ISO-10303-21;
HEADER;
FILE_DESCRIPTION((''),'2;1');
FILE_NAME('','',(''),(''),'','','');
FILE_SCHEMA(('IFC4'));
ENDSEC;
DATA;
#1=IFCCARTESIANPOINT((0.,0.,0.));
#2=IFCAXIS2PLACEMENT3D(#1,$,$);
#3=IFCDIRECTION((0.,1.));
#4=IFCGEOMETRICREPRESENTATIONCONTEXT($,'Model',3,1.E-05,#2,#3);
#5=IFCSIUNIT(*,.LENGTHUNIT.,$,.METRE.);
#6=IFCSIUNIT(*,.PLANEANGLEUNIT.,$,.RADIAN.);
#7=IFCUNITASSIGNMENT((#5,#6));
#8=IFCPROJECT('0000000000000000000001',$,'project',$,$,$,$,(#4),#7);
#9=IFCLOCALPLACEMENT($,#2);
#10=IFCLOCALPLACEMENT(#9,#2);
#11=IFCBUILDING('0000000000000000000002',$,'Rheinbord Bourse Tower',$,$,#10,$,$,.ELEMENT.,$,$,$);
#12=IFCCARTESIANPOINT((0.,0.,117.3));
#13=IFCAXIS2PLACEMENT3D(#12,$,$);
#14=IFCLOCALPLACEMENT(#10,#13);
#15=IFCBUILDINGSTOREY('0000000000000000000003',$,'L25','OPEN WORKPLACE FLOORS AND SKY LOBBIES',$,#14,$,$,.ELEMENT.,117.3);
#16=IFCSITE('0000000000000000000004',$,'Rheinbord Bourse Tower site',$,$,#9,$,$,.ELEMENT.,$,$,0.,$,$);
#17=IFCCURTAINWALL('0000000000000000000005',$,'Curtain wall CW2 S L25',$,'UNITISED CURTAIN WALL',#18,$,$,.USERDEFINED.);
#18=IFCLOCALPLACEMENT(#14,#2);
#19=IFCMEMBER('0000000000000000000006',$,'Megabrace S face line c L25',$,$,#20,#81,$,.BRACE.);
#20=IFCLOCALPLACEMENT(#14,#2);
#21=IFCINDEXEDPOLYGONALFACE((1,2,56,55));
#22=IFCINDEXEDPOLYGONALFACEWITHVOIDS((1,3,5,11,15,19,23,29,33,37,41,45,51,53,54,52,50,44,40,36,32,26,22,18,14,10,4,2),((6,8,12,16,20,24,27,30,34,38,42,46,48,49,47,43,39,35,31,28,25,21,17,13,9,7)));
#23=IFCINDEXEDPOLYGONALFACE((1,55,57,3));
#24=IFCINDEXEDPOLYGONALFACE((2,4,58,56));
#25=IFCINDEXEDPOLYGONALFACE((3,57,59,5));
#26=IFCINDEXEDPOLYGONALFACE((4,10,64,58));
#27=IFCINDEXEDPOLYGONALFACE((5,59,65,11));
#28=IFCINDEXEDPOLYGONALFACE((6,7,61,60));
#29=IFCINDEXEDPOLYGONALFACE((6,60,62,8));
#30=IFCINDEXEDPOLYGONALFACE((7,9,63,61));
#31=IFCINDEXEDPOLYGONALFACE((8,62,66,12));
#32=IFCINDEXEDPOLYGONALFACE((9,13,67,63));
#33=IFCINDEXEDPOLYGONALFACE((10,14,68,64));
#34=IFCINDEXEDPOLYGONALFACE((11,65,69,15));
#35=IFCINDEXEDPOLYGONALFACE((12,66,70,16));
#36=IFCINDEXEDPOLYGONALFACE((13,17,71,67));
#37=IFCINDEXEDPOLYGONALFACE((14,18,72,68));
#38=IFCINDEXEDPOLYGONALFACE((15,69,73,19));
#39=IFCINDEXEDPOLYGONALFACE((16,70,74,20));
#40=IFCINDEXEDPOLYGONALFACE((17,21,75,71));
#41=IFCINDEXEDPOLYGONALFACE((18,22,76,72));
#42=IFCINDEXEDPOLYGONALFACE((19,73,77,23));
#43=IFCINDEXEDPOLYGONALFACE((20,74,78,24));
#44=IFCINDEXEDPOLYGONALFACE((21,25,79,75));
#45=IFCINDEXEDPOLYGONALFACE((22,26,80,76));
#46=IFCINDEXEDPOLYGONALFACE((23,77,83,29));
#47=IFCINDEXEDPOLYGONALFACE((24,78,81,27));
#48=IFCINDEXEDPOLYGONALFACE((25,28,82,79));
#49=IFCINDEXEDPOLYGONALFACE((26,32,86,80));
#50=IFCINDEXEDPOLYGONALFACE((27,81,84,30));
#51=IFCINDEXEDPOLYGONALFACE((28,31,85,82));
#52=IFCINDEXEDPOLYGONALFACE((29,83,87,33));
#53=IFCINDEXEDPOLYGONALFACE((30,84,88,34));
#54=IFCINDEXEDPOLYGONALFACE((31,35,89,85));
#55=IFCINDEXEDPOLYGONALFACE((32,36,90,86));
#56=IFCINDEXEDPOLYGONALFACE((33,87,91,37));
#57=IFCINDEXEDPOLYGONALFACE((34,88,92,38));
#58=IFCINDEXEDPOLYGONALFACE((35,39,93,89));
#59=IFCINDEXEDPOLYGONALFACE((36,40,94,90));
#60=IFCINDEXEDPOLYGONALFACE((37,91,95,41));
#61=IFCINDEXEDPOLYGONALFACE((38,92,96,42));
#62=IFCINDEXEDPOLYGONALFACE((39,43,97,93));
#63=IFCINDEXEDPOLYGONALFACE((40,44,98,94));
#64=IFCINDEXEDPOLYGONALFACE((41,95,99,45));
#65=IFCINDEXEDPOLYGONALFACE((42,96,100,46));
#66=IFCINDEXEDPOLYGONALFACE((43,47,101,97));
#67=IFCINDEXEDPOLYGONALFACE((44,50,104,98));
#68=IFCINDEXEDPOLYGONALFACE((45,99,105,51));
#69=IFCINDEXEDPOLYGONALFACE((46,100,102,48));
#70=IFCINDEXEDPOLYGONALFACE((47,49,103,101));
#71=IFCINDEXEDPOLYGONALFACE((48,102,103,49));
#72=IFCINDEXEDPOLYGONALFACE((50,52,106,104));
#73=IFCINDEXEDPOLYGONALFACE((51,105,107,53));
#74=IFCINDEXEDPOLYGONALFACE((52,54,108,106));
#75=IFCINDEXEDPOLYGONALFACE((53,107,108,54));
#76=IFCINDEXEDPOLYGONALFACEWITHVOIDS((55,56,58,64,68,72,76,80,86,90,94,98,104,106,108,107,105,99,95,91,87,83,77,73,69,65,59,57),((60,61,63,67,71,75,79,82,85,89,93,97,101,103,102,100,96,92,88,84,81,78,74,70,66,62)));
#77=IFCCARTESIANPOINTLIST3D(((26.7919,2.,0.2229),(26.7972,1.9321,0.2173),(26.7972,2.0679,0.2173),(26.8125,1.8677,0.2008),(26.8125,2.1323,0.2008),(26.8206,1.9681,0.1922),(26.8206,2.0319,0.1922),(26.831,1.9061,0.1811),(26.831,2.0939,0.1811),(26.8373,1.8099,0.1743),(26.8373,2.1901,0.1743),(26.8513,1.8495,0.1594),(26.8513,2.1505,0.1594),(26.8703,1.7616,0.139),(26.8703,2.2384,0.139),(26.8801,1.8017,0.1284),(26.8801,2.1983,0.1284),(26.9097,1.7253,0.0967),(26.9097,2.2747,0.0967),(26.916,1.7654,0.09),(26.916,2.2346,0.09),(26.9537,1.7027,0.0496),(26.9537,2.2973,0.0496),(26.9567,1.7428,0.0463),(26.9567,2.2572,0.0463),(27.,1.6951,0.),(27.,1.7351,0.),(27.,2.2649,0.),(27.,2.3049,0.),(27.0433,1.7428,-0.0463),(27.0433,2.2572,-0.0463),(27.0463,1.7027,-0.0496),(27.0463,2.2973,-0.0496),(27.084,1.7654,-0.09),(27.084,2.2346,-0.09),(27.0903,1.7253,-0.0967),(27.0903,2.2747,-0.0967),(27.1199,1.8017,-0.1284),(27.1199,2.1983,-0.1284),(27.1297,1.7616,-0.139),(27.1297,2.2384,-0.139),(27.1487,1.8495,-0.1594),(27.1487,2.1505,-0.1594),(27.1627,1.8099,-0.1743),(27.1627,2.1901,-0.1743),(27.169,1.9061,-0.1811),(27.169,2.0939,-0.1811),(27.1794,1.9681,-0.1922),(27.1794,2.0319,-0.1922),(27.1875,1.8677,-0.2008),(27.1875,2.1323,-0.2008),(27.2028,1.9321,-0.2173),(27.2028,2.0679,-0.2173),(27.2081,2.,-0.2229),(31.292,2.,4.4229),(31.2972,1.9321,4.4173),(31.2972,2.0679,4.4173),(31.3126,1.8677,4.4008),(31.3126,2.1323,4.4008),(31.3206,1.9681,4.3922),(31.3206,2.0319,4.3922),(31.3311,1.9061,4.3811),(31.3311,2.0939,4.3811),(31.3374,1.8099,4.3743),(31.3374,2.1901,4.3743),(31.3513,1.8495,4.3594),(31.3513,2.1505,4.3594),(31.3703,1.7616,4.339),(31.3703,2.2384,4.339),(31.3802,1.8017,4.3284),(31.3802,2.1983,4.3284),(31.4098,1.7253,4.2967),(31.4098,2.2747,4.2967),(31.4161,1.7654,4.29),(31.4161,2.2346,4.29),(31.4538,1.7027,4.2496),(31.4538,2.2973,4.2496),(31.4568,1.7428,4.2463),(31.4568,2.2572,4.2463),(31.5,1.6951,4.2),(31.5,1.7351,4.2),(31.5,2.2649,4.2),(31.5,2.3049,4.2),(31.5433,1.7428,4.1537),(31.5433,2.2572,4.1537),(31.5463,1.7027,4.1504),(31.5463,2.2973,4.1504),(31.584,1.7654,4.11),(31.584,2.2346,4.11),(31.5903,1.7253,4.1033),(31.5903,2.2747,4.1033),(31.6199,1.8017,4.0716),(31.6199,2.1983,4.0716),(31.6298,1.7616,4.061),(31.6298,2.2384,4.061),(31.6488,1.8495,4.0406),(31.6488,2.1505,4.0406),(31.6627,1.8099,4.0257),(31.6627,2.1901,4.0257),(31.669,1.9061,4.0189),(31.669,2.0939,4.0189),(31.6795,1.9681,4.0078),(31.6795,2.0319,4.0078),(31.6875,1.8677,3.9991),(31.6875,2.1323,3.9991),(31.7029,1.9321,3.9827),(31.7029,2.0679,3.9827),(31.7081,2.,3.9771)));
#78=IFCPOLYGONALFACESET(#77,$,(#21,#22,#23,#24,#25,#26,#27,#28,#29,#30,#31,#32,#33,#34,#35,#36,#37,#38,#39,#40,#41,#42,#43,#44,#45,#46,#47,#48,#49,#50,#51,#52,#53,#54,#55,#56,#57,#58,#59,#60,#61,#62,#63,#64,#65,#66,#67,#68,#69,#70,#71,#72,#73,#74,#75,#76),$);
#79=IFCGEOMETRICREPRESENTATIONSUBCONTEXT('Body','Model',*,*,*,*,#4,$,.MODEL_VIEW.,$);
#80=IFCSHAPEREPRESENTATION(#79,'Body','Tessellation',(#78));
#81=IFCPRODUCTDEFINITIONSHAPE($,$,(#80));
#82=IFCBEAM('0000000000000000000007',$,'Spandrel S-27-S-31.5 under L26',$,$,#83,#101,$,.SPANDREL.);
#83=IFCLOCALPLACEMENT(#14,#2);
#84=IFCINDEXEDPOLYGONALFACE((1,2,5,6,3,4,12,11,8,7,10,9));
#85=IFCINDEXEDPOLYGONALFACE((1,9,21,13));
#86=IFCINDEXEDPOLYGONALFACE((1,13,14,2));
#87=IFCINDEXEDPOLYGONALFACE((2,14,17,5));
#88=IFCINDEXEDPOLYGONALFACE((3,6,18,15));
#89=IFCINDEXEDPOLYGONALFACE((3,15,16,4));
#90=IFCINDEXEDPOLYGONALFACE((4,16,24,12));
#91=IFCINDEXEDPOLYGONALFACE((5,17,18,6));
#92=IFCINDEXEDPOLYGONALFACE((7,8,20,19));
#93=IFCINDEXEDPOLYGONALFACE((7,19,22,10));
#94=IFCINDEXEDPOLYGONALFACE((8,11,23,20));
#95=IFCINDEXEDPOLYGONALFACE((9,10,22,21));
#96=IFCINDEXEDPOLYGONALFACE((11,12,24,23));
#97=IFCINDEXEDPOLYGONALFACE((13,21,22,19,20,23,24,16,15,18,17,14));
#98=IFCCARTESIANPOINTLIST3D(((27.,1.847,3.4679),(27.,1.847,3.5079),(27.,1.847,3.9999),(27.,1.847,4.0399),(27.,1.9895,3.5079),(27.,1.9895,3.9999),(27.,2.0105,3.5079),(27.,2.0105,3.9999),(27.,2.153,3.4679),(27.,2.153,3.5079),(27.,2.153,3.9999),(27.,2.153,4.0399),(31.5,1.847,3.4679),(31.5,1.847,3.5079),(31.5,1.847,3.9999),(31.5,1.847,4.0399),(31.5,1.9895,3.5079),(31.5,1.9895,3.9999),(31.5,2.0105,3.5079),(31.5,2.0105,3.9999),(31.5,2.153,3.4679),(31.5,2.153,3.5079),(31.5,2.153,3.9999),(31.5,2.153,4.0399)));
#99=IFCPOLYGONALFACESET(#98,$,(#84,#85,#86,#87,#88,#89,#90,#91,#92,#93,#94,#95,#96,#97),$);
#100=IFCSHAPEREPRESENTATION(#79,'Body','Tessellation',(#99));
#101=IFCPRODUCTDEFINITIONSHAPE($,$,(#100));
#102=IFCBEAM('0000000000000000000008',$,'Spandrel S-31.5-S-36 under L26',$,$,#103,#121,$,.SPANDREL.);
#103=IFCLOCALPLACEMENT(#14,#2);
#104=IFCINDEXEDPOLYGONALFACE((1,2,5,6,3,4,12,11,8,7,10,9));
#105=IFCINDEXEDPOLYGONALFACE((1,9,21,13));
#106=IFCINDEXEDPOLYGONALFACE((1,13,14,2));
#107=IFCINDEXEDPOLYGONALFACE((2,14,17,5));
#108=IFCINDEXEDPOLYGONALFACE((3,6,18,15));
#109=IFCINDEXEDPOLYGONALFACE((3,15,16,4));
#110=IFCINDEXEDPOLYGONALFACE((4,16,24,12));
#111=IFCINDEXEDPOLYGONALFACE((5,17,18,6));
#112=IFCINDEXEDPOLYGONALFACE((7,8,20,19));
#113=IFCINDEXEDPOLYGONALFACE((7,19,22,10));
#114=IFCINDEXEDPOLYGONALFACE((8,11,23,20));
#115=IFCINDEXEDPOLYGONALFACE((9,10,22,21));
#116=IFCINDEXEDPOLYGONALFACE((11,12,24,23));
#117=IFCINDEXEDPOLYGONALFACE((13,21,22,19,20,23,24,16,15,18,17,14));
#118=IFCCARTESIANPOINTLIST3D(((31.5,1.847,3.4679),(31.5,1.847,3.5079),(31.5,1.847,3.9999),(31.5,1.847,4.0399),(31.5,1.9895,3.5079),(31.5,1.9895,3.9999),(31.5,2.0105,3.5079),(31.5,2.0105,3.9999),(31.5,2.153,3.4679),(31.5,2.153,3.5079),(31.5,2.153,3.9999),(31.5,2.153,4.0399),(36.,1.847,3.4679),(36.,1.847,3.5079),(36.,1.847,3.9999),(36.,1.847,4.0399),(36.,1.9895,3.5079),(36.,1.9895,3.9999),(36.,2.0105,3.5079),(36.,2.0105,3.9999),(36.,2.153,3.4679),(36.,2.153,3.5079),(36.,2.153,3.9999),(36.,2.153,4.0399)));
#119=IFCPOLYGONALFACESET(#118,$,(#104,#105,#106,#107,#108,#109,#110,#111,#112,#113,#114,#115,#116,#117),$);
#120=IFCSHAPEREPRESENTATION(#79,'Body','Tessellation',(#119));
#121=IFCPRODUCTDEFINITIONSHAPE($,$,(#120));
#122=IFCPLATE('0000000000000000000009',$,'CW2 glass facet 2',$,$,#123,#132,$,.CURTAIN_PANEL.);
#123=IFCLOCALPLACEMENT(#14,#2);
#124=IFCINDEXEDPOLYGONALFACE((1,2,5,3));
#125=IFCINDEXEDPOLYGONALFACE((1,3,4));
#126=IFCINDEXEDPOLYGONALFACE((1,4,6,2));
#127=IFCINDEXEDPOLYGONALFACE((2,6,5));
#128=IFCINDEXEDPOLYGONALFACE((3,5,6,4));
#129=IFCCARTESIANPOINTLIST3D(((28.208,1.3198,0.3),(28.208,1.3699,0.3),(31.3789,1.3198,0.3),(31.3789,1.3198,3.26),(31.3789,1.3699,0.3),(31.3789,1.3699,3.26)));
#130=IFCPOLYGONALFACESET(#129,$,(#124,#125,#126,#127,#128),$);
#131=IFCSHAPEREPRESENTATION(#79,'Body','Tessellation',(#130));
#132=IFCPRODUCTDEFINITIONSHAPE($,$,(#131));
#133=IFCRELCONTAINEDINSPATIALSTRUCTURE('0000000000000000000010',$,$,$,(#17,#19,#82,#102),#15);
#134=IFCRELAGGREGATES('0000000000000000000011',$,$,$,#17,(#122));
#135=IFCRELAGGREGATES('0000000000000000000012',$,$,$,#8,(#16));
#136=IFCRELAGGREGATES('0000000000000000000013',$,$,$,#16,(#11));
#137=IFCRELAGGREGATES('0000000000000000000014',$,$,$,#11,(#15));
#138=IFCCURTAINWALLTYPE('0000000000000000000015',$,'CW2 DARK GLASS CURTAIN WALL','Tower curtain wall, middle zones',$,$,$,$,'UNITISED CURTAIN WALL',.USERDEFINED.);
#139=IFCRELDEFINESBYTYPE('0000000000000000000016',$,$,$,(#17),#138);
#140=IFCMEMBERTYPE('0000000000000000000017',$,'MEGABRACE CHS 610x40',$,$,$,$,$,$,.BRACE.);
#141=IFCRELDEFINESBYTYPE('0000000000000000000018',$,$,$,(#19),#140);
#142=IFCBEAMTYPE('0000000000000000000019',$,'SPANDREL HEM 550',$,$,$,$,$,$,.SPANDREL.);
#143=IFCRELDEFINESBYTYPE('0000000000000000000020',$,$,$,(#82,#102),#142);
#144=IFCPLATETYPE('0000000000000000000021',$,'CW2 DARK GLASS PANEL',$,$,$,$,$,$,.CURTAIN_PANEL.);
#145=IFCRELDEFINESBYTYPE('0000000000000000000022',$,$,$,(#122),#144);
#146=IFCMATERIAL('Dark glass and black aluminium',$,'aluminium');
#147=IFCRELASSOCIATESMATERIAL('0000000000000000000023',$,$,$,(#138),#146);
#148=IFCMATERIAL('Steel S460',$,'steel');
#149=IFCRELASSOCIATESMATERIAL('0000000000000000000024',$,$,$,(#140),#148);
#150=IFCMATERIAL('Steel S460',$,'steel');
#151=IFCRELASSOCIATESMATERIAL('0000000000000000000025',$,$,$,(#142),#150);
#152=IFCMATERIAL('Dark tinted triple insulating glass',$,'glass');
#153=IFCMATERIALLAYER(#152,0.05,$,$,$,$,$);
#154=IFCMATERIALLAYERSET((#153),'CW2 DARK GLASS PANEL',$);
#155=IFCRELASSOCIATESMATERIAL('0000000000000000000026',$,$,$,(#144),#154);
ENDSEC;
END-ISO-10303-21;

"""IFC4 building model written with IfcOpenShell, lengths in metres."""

from ifc_helpers import new_model, si_unit, direction, frame, origin, origin_2d, place, context, subcontext, project, spatial, polyline, hollow_circle, i_section, outline, extrude, material, layer, layer_set, material_profile, profile_set, type_object, element, aggregate, save


model = new_model("IFC4")

# Units and contexts
model_context = context("Model", 3, precision=1e-05, world=origin(), true_north=direction((0.0, 1.0)))
body_context = subcontext(model_context, "Body", "Model", "MODEL_VIEW")
ifc_project = project(units=[si_unit("LENGTHUNIT", "METRE"), si_unit("PLANEANGLEUNIT", "RADIAN")], contexts=[model_context])

# Site, building, storey
site_placement = place(None, origin())
site = spatial("IfcSite", under=ifc_project, at=site_placement, Name="Rheinbord Bourse Tower site", CompositionType="ELEMENT", RefElevation=0.0)
building_placement = place(site_placement, origin())
building = spatial("IfcBuilding", under=site, at=building_placement, Name="Rheinbord Bourse Tower", CompositionType="ELEMENT")
storey_placement = place(building_placement, frame((0.0, 0.0, 117.3)))
storey = spatial("IfcBuildingStorey", under=building, at=storey_placement, Name="L25", Description="OPEN WORKPLACE FLOORS AND SKY LOBBIES", CompositionType="ELEMENT", Elevation=117.3)

# Curtain wall
ifc_material_1 = material(Name="Dark glass and black aluminium", Category="aluminium")
curtain_wall_type = type_object("IfcCurtainWallType", Name="CW2 DARK GLASS CURTAIN WALL", Description="Tower curtain wall, middle zones", ElementType="UNITISED CURTAIN WALL", PredefinedType="USERDEFINED", material=ifc_material_1)
curtain_wall_placement = place(storey_placement, origin())
curtain_wall = element("IfcCurtainWall", 1, at=curtain_wall_placement, inside=storey, type_object=curtain_wall_type, Name="Curtain wall CW2 S L25", ObjectType="UNITISED CURTAIN WALL", PredefinedType="USERDEFINED")

# Member
ifc_material_2 = material(Name="Steel S460", Category="steel")
ifc_material_profile_1 = material_profile(ifc_material_2, hollow_circle(Radius=0.3049, WallThickness=0.04, at=origin_2d()), Name="CHS 610x40")
ifc_profile_set_1 = profile_set([ifc_material_profile_1], Name="Steel S460")
member_type_1 = type_object("IfcMemberType", Name="MEGABRACE CHS 610x40", PredefinedType="BRACE", material=ifc_profile_set_1)
member_1_placement = place(storey_placement, frame((27.0, 2.0, 0.0), z_axis=(0.731059, 0.0, 0.682314), x_axis=(0.0, 1.0, 0.0)))
element("IfcMember", 2, at=member_1_placement, inside=storey, type_object=member_type_1, Name="Megabrace S face line c L25", PredefinedType="BRACE", context=body_context, shape_type="SweptSolid", body=[
    extrude(hollow_circle(Radius=0.3049, WallThickness=0.04, at=origin_2d()), origin(), (0.0, 0.0, 1.0), 6.1555),
])

# Beams
ifc_material_3 = material(Name="Steel S460", Category="steel")
ifc_material_profile_2 = material_profile(ifc_material_3, i_section(OverallWidth=0.3059, OverallDepth=0.572, WebThickness=0.021, FlangeThickness=0.04, at=origin_2d()), Name="HEM 550")
ifc_profile_set_2 = profile_set([ifc_material_profile_2], Name="Steel S460")
beam_type_1 = type_object("IfcBeamType", Name="SPANDREL HEM 550", PredefinedType="SPANDREL", material=ifc_profile_set_2)
for number, where, z_axis, x_axis, name in (
    (3, (27.0, 2.0, 3.7539), (1.0, 0.0, 0.0), (0.0, 1.0, 0.0), "Spandrel S-27-S-31.5 under L26"),
    (4, (31.5, 2.0, 3.7539), (1.0, 0.0, 0.0), (0.0, 1.0, 0.0), "Spandrel S-31.5-S-36 under L26"),
):
    element("IfcBeam", number, at=place(storey_placement, frame(where, z_axis=z_axis, x_axis=x_axis)), inside=storey, type_object=beam_type_1, Name=name, PredefinedType="SPANDREL", context=body_context, shape_type="SweptSolid", body=[
        extrude(i_section(OverallWidth=0.3059, OverallDepth=0.572, WebThickness=0.021, FlangeThickness=0.04, at=origin_2d()), origin(), (0.0, 0.0, 1.0), 4.5),
    ])

# Plate
ifc_material_4 = material(Name="Dark tinted triple insulating glass", Category="glass")
ifc_layer = layer(ifc_material_4, 0.05)
ifc_layer_set = layer_set([ifc_layer], Name="CW2 DARK GLASS PANEL")
plate_type = type_object("IfcPlateType", Name="CW2 DARK GLASS PANEL", PredefinedType="CURTAIN_PANEL", material=ifc_layer_set)
plate_placement = place(storey_placement, frame((31.3789, 1.3198, 0.3), z_axis=(0.0, 1.0, 0.0), x_axis=(-1.0, 0.0, 0.0)))
plate = element("IfcPlate", 5, at=plate_placement, type_object=plate_type, Name="CW2 glass facet 2", PredefinedType="CURTAIN_PANEL", context=body_context, shape_type="SweptSolid", body=[
    extrude(outline(polyline([(0.0, 0.0), (3.1709, 0.0), (0.0, 2.96), (0.0, 0.0)])), origin(), (0.0, 0.0, 1.0), 0.05),
])
aggregate(curtain_wall, [plate])

save(model, "model.ifc")
